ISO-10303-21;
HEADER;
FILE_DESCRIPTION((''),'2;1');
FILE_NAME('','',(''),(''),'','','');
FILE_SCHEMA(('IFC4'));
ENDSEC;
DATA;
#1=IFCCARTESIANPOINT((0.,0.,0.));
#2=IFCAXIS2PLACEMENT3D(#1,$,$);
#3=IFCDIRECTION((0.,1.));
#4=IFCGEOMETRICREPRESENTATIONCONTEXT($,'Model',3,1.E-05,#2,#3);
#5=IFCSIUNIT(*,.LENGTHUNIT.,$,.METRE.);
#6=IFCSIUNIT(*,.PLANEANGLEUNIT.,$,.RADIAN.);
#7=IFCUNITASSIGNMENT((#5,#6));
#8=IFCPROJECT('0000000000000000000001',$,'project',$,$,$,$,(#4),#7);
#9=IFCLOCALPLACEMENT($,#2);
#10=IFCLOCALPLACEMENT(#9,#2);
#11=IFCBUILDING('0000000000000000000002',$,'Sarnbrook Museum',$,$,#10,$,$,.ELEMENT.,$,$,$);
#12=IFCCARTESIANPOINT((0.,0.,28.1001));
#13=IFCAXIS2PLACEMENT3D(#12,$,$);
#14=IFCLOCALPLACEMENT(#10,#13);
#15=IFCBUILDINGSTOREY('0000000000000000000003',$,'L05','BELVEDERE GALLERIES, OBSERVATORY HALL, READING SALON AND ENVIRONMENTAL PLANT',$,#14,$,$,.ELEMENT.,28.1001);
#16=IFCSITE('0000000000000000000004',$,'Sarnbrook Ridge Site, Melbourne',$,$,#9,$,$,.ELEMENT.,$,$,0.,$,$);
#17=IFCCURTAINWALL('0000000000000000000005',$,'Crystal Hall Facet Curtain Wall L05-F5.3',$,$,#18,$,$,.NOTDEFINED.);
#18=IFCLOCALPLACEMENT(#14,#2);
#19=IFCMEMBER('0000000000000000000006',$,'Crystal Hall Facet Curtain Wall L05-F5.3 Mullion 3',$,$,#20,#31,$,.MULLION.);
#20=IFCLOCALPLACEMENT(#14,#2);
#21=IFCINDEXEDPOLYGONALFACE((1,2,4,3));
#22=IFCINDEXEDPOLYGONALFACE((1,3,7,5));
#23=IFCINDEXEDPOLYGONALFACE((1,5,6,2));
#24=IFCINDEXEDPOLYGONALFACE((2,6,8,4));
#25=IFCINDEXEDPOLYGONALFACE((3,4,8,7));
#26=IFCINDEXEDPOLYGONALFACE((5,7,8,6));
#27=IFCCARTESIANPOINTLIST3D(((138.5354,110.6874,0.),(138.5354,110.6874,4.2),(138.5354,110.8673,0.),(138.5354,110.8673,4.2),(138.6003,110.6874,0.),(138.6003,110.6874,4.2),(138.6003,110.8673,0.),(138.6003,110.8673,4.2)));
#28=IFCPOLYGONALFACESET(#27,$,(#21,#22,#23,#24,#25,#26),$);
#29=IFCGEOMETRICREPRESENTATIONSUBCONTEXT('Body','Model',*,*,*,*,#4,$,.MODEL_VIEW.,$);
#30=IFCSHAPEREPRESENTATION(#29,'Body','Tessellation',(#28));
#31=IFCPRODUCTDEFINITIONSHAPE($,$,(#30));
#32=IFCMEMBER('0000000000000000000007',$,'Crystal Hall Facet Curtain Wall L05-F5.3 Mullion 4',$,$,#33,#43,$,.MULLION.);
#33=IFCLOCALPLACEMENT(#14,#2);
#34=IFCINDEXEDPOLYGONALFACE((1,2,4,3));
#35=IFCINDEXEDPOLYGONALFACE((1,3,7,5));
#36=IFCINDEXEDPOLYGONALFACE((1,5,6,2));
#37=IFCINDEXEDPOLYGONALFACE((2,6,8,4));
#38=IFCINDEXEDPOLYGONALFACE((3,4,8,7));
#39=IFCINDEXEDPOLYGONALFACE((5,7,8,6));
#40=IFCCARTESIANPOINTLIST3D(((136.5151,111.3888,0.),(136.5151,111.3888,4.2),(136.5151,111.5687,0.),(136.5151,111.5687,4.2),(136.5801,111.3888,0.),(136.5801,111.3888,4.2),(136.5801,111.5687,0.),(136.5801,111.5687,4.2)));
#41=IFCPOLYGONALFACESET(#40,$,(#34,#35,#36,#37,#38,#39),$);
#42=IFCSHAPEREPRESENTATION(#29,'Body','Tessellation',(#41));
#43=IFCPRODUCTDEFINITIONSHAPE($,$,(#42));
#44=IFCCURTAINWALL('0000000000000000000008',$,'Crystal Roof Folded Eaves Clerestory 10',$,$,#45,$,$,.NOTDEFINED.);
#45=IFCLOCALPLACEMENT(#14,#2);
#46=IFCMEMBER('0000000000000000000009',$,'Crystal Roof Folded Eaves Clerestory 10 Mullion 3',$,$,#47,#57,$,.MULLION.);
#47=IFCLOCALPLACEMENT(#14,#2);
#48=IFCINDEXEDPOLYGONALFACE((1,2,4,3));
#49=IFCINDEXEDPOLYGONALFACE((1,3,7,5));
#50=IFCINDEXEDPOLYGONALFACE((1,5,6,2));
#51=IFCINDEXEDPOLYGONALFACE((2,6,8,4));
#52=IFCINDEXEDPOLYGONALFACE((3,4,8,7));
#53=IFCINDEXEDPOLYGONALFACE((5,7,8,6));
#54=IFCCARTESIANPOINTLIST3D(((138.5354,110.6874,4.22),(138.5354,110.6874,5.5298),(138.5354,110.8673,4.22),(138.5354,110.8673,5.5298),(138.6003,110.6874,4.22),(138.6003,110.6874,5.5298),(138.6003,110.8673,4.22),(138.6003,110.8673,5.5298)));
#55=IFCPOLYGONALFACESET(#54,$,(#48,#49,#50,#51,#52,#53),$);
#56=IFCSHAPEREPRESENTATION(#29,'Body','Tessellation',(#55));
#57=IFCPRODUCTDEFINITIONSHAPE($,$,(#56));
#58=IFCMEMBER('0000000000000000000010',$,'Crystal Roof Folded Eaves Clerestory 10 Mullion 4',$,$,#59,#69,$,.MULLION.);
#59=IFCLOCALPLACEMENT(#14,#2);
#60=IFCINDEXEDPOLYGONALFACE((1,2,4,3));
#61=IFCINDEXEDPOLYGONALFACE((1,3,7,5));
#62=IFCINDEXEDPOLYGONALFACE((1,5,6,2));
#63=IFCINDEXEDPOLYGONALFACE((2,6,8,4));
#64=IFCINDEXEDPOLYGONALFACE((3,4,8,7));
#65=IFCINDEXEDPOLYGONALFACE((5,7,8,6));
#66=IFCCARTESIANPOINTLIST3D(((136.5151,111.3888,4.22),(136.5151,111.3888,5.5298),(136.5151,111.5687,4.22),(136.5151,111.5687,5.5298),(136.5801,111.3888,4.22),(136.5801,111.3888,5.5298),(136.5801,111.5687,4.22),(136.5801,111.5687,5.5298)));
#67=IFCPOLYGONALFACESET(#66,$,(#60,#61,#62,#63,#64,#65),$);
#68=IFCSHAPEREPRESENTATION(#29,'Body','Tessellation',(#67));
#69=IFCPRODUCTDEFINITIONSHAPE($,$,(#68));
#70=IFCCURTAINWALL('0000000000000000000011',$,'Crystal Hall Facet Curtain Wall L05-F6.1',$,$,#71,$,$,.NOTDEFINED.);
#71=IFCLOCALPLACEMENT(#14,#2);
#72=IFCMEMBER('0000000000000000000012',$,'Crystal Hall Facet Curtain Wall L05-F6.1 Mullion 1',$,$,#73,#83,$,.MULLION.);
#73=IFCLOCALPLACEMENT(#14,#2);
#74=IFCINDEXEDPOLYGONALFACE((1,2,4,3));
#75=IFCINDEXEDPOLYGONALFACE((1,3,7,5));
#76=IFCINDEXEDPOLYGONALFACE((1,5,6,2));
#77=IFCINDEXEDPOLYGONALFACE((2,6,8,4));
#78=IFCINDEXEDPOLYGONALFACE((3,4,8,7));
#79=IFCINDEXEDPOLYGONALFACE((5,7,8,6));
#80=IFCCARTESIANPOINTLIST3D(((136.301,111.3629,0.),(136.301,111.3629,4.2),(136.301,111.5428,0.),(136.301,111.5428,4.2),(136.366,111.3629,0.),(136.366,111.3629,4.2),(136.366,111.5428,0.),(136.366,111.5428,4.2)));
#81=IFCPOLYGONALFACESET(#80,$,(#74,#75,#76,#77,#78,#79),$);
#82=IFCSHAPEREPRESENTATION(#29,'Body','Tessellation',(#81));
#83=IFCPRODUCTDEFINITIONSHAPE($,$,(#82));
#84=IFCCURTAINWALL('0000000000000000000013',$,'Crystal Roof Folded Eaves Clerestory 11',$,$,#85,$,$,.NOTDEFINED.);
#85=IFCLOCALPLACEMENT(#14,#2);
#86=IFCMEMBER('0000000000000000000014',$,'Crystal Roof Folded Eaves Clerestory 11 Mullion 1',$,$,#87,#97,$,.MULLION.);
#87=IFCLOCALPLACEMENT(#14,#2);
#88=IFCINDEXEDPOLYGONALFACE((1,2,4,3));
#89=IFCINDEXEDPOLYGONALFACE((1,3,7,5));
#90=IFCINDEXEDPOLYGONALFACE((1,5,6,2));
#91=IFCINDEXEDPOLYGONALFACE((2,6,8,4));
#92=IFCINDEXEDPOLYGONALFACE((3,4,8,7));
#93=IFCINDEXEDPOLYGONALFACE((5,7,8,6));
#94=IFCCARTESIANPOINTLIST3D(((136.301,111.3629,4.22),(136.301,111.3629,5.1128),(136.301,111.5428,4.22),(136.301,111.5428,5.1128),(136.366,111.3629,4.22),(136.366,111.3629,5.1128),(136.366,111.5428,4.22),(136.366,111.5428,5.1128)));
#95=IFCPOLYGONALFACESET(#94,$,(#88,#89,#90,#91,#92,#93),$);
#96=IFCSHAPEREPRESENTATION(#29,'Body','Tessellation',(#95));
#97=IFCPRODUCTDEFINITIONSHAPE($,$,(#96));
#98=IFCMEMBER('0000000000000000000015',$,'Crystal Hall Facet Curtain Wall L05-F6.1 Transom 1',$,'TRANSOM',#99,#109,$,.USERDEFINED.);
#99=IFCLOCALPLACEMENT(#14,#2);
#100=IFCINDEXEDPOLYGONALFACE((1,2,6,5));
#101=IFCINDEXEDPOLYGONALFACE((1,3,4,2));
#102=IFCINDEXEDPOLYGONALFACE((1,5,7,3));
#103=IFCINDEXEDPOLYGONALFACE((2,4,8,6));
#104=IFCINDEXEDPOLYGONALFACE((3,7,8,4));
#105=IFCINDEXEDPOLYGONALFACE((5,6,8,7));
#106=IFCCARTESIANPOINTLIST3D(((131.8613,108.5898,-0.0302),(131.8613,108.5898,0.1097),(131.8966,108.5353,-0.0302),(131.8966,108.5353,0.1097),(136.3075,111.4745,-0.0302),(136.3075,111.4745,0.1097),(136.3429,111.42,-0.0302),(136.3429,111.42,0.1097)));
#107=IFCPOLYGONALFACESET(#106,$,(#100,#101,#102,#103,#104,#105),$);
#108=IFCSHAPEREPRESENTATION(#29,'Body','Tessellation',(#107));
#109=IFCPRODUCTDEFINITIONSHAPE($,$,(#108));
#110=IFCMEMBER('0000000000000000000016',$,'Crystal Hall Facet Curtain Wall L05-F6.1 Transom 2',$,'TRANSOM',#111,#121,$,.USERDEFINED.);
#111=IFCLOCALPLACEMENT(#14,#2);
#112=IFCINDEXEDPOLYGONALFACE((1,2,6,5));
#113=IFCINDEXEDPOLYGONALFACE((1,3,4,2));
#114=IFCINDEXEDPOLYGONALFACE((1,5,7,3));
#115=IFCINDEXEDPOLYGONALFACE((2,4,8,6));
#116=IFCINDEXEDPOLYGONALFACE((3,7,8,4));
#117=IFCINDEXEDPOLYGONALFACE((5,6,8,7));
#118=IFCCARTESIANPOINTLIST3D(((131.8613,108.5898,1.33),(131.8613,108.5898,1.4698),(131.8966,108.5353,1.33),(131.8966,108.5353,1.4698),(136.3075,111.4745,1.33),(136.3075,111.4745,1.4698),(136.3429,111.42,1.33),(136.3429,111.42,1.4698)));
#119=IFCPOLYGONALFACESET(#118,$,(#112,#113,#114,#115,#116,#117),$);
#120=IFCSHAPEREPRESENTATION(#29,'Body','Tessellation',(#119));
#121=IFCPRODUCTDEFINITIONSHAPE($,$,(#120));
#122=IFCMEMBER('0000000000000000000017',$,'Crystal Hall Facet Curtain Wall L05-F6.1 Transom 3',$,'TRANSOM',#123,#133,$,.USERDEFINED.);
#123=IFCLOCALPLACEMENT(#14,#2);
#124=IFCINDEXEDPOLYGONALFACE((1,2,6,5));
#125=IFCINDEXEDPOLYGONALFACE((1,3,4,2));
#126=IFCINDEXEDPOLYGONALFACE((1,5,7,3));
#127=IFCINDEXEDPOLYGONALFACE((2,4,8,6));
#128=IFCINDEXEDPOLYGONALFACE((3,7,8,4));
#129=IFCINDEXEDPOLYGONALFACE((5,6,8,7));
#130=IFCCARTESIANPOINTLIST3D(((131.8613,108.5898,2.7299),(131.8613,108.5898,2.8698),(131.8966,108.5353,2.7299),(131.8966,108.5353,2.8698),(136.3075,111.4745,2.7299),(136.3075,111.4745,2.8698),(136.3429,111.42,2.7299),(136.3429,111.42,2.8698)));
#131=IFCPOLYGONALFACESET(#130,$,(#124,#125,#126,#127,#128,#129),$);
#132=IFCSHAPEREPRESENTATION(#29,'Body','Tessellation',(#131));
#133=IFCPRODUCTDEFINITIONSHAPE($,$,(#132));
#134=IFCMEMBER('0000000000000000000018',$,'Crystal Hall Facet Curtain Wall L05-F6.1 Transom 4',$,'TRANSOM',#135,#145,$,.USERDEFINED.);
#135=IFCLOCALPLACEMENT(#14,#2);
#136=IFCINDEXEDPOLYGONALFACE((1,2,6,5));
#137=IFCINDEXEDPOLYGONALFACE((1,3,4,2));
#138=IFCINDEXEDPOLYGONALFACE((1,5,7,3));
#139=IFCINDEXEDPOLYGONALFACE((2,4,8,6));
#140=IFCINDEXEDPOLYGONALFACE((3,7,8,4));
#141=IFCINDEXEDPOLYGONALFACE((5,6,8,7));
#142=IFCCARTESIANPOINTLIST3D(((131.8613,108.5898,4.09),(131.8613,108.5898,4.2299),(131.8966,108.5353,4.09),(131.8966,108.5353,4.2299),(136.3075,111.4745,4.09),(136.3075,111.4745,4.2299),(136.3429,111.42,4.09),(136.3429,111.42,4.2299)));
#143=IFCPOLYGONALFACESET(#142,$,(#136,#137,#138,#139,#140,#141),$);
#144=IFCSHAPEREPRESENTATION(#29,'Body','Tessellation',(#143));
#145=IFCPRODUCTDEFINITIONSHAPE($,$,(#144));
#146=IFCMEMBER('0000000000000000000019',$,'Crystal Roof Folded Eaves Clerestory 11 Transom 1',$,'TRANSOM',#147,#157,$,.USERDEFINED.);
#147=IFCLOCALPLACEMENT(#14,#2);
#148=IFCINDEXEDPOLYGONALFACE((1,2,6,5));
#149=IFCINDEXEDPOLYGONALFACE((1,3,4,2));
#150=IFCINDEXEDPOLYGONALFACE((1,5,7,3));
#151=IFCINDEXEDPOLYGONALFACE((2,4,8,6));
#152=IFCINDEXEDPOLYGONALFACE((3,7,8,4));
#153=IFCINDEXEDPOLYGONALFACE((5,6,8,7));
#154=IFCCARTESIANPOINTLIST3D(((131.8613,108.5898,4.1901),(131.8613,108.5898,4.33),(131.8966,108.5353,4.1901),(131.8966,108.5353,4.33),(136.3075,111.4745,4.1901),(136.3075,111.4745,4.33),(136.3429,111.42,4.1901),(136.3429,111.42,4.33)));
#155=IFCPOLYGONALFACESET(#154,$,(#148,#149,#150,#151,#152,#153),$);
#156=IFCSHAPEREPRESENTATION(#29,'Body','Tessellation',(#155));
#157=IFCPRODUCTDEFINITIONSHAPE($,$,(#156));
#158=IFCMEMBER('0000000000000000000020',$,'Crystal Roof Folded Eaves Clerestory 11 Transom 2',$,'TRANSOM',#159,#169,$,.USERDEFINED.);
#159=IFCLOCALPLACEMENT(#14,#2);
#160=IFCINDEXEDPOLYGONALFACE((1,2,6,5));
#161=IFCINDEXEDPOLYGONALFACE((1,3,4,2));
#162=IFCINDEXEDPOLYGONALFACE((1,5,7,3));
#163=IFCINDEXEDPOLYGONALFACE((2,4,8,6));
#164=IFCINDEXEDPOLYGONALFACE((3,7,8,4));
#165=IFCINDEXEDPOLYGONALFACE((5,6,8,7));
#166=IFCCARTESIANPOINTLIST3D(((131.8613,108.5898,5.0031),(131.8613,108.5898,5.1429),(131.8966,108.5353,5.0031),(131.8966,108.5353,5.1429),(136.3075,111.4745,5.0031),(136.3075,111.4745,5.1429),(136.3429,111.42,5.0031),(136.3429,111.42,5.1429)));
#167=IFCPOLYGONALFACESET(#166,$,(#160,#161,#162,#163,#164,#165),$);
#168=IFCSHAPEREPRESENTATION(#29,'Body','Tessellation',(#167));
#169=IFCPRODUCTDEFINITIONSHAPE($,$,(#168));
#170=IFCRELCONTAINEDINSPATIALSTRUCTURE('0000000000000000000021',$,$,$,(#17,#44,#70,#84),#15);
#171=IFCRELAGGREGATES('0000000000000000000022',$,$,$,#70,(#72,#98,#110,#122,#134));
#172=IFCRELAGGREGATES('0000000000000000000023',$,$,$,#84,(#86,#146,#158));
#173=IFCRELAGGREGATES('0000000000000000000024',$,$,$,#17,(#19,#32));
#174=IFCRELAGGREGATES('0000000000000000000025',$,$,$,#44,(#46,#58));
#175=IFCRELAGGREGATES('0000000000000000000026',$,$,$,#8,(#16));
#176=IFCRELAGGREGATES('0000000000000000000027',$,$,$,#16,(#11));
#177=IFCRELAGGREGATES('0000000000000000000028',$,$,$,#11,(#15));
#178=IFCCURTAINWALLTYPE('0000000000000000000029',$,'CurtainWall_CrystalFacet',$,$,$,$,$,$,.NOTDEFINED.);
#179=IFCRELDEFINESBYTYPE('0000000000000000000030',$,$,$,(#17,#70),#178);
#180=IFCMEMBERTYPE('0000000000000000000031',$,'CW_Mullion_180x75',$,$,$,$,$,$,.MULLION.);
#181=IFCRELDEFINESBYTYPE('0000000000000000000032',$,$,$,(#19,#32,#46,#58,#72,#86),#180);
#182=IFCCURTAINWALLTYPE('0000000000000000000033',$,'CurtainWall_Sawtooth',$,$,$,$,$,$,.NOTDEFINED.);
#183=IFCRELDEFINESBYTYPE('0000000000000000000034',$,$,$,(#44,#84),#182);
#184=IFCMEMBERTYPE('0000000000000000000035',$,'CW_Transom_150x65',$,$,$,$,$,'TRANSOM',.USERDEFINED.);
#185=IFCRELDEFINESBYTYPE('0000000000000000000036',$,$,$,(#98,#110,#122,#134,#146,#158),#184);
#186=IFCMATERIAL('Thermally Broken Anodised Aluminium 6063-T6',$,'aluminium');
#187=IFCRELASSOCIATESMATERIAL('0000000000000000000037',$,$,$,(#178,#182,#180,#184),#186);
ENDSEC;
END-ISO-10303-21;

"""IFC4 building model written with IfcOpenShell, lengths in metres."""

from ifc_helpers import new_model, si_unit, direction, frame, origin, origin_2d, place, context, subcontext, project, spatial, rectangle, extrude, material, material_profile, profile_set, type_object, element, aggregate, save


model = new_model("IFC4")

# Units and contexts
model_context = context("Model", 3, precision=1e-05, world=origin(), true_north=direction((0.0, 1.0)))
body_context = subcontext(model_context, "Body", "Model", "MODEL_VIEW")
ifc_project = project(units=[si_unit("LENGTHUNIT", "METRE"), si_unit("PLANEANGLEUNIT", "RADIAN")], contexts=[model_context])

# Site, building, storey
site_placement = place(None, origin())
site = spatial("IfcSite", under=ifc_project, at=site_placement, Name="Sarnbrook Ridge Site, Melbourne", CompositionType="ELEMENT", RefElevation=0.0)
building_placement = place(site_placement, origin())
building = spatial("IfcBuilding", under=site, at=building_placement, Name="Sarnbrook Museum", CompositionType="ELEMENT")
storey_placement = place(building_placement, frame((0.0, 0.0, 28.1001)))
storey = spatial("IfcBuildingStorey", under=building, at=storey_placement, Name="L05", Description="BELVEDERE GALLERIES, OBSERVATORY HALL, READING SALON AND ENVIRONMENTAL PLANT", CompositionType="ELEMENT", Elevation=28.1001)

# Curtain walls, members
ifc_material_1 = material(Name="Thermally Broken Anodised Aluminium 6063-T6", Category="aluminium")
curtain_wall_type_1 = type_object("IfcCurtainWallType", Name="CurtainWall_CrystalFacet", PredefinedType="NOTDEFINED", material=ifc_material_1)
curtain_wall_1_placement = place(storey_placement, origin())
curtain_wall_1 = element("IfcCurtainWall", 1, at=curtain_wall_1_placement, inside=storey, type_object=curtain_wall_type_1, Name="Crystal Hall Facet Curtain Wall L05-F5.3", PredefinedType="NOTDEFINED")
ifc_material_profile_1 = material_profile(ifc_material_1, rectangle(XDim=0.0649, YDim=0.1799, at=origin_2d()), Name="ALU MULLION 65x180")
ifc_profile_set_1 = profile_set([ifc_material_profile_1], Name="Thermally Broken Anodised Aluminium 6063-T6")
member_type_1 = type_object("IfcMemberType", Name="CW_Mullion_180x75", PredefinedType="MULLION", material=ifc_profile_set_1)
member_1_placement = place(storey_placement, frame((138.5679, 110.7773, 0.0), z_axis=(0.0, 0.0, 1.0), x_axis=(1.0, 0.0, 0.0)))
member_1 = element("IfcMember", 2, at=member_1_placement, type_object=member_type_1, Name="Crystal Hall Facet Curtain Wall L05-F5.3 Mullion 3", PredefinedType="MULLION", context=body_context, shape_type="SweptSolid", body=[
    extrude(rectangle(XDim=0.0649, YDim=0.1799, at=origin_2d()), origin(), (0.0, 0.0, 1.0), 4.2),
])
member_2_placement = place(storey_placement, frame((136.5476, 111.4788, 0.0), z_axis=(0.0, 0.0, 1.0), x_axis=(1.0, 0.0, 0.0)))
member_2 = element("IfcMember", 3, at=member_2_placement, type_object=member_type_1, Name="Crystal Hall Facet Curtain Wall L05-F5.3 Mullion 4", PredefinedType="MULLION", context=body_context, shape_type="SweptSolid", body=[
    extrude(rectangle(XDim=0.0649, YDim=0.1799, at=origin_2d()), origin(), (0.0, 0.0, 1.0), 4.2),
])
curtain_wall_type_2 = type_object("IfcCurtainWallType", Name="CurtainWall_Sawtooth", PredefinedType="NOTDEFINED", material=ifc_material_1)
curtain_wall_2_placement = place(storey_placement, origin())
curtain_wall_2 = element("IfcCurtainWall", 4, at=curtain_wall_2_placement, inside=storey, type_object=curtain_wall_type_2, Name="Crystal Roof Folded Eaves Clerestory 10", PredefinedType="NOTDEFINED")
member_3_placement = place(storey_placement, frame((138.5679, 110.7773, 4.22), z_axis=(0.0, 0.0, 1.0), x_axis=(1.0, 0.0, 0.0)))
member_3 = element("IfcMember", 5, at=member_3_placement, type_object=member_type_1, Name="Crystal Roof Folded Eaves Clerestory 10 Mullion 3", PredefinedType="MULLION", context=body_context, shape_type="SweptSolid", body=[
    extrude(rectangle(XDim=0.0649, YDim=0.1799, at=origin_2d()), origin(), (0.0, 0.0, 1.0), 1.3098),
])
member_4_placement = place(storey_placement, frame((136.5476, 111.4788, 4.22), z_axis=(0.0, 0.0, 1.0), x_axis=(1.0, 0.0, 0.0)))
member_4 = element("IfcMember", 6, at=member_4_placement, type_object=member_type_1, Name="Crystal Roof Folded Eaves Clerestory 10 Mullion 4", PredefinedType="MULLION", context=body_context, shape_type="SweptSolid", body=[
    extrude(rectangle(XDim=0.0649, YDim=0.1799, at=origin_2d()), origin(), (0.0, 0.0, 1.0), 1.3098),
])

# Curtain walls, members
curtain_wall_3_placement = place(storey_placement, origin())
curtain_wall_3 = element("IfcCurtainWall", 7, at=curtain_wall_3_placement, inside=storey, type_object=curtain_wall_type_1, Name="Crystal Hall Facet Curtain Wall L05-F6.1", PredefinedType="NOTDEFINED")
member_5_placement = place(storey_placement, frame((136.3335, 111.4529, 0.0), z_axis=(0.0, 0.0, 1.0), x_axis=(1.0, 0.0, 0.0)))
member_5 = element("IfcMember", 8, at=member_5_placement, type_object=member_type_1, Name="Crystal Hall Facet Curtain Wall L05-F6.1 Mullion 1", PredefinedType="MULLION", context=body_context, shape_type="SweptSolid", body=[
    extrude(rectangle(XDim=0.0649, YDim=0.1799, at=origin_2d()), origin(), (0.0, 0.0, 1.0), 4.2),
])
curtain_wall_4_placement = place(storey_placement, origin())
curtain_wall_4 = element("IfcCurtainWall", 9, at=curtain_wall_4_placement, inside=storey, type_object=curtain_wall_type_2, Name="Crystal Roof Folded Eaves Clerestory 11", PredefinedType="NOTDEFINED")
member_6_placement = place(storey_placement, frame((136.3335, 111.4529, 4.22), z_axis=(0.0, 0.0, 1.0), x_axis=(1.0, 0.0, 0.0)))
member_6 = element("IfcMember", 10, at=member_6_placement, type_object=member_type_1, Name="Crystal Roof Folded Eaves Clerestory 11 Mullion 1", PredefinedType="MULLION", context=body_context, shape_type="SweptSolid", body=[
    extrude(rectangle(XDim=0.0649, YDim=0.1799, at=origin_2d()), origin(), (0.0, 0.0, 1.0), 0.8928),
])

# Members
ifc_material_profile_2 = material_profile(ifc_material_1, rectangle(XDim=0.0649, YDim=0.1399, at=origin_2d()), Name="ALU TRANSOM 65x140")
ifc_profile_set_2 = profile_set([ifc_material_profile_2], Name="Thermally Broken Anodised Aluminium 6063-T6")
member_type_2 = type_object("IfcMemberType", Name="CW_Transom_150x65", ElementType="TRANSOM", PredefinedType="USERDEFINED", material=ifc_profile_set_2)
member_7_placement = place(storey_placement, frame((136.3252, 111.4473, 0.0398), z_axis=(-0.838902, -0.544282, 0.0), x_axis=(0.544282, -0.838902, 0.0)))
member_7 = element("IfcMember", 11, at=member_7_placement, type_object=member_type_2, Name="Crystal Hall Facet Curtain Wall L05-F6.1 Transom 1", ObjectType="TRANSOM", PredefinedType="USERDEFINED", context=body_context, shape_type="SweptSolid", body=[
    extrude(rectangle(XDim=0.0649, YDim=0.1399, at=origin_2d()), origin(), (0.0, 0.0, 1.0), 5.3),
])
member_8_placement = place(storey_placement, frame((136.3252, 111.4473, 1.3999), z_axis=(-0.838902, -0.544282, 0.0), x_axis=(0.544282, -0.838902, 0.0)))
member_8 = element("IfcMember", 12, at=member_8_placement, type_object=member_type_2, Name="Crystal Hall Facet Curtain Wall L05-F6.1 Transom 2", ObjectType="TRANSOM", PredefinedType="USERDEFINED", context=body_context, shape_type="SweptSolid", body=[
    extrude(rectangle(XDim=0.0649, YDim=0.1399, at=origin_2d()), origin(), (0.0, 0.0, 1.0), 5.3),
])
member_9_placement = place(storey_placement, frame((136.3252, 111.4473, 2.7998), z_axis=(-0.838902, -0.544282, 0.0), x_axis=(0.544282, -0.838902, 0.0)))
member_9 = element("IfcMember", 13, at=member_9_placement, type_object=member_type_2, Name="Crystal Hall Facet Curtain Wall L05-F6.1 Transom 3", ObjectType="TRANSOM", PredefinedType="USERDEFINED", context=body_context, shape_type="SweptSolid", body=[
    extrude(rectangle(XDim=0.0649, YDim=0.1399, at=origin_2d()), origin(), (0.0, 0.0, 1.0), 5.3),
])
member_10_placement = place(storey_placement, frame((136.3252, 111.4473, 4.1599), z_axis=(-0.838902, -0.544282, 0.0), x_axis=(0.544282, -0.838902, 0.0)))
member_10 = element("IfcMember", 14, at=member_10_placement, type_object=member_type_2, Name="Crystal Hall Facet Curtain Wall L05-F6.1 Transom 4", ObjectType="TRANSOM", PredefinedType="USERDEFINED", context=body_context, shape_type="SweptSolid", body=[
    extrude(rectangle(XDim=0.0649, YDim=0.1399, at=origin_2d()), origin(), (0.0, 0.0, 1.0), 5.3),
])
aggregate(curtain_wall_3, [member_5, member_7, member_8, member_9, member_10])
member_11_placement = place(storey_placement, frame((136.3252, 111.4473, 4.26), z_axis=(-0.838902, -0.544282, 0.0), x_axis=(0.544282, -0.838902, 0.0)))
member_11 = element("IfcMember", 15, at=member_11_placement, type_object=member_type_2, Name="Crystal Roof Folded Eaves Clerestory 11 Transom 1", ObjectType="TRANSOM", PredefinedType="USERDEFINED", context=body_context, shape_type="SweptSolid", body=[
    extrude(rectangle(XDim=0.0649, YDim=0.1399, at=origin_2d()), origin(), (0.0, 0.0, 1.0), 5.3),
])
member_12_placement = place(storey_placement, frame((136.3252, 111.4473, 5.073), z_axis=(-0.838902, -0.544282, 0.0), x_axis=(0.544282, -0.838902, 0.0)))
member_12 = element("IfcMember", 16, at=member_12_placement, type_object=member_type_2, Name="Crystal Roof Folded Eaves Clerestory 11 Transom 2", ObjectType="TRANSOM", PredefinedType="USERDEFINED", context=body_context, shape_type="SweptSolid", body=[
    extrude(rectangle(XDim=0.0649, YDim=0.1399, at=origin_2d()), origin(), (0.0, 0.0, 1.0), 5.3),
])
aggregate(curtain_wall_4, [member_6, member_11, member_12])

aggregate(curtain_wall_1, [member_1, member_2])
aggregate(curtain_wall_2, [member_3, member_4])

save(model, "model.ifc")
